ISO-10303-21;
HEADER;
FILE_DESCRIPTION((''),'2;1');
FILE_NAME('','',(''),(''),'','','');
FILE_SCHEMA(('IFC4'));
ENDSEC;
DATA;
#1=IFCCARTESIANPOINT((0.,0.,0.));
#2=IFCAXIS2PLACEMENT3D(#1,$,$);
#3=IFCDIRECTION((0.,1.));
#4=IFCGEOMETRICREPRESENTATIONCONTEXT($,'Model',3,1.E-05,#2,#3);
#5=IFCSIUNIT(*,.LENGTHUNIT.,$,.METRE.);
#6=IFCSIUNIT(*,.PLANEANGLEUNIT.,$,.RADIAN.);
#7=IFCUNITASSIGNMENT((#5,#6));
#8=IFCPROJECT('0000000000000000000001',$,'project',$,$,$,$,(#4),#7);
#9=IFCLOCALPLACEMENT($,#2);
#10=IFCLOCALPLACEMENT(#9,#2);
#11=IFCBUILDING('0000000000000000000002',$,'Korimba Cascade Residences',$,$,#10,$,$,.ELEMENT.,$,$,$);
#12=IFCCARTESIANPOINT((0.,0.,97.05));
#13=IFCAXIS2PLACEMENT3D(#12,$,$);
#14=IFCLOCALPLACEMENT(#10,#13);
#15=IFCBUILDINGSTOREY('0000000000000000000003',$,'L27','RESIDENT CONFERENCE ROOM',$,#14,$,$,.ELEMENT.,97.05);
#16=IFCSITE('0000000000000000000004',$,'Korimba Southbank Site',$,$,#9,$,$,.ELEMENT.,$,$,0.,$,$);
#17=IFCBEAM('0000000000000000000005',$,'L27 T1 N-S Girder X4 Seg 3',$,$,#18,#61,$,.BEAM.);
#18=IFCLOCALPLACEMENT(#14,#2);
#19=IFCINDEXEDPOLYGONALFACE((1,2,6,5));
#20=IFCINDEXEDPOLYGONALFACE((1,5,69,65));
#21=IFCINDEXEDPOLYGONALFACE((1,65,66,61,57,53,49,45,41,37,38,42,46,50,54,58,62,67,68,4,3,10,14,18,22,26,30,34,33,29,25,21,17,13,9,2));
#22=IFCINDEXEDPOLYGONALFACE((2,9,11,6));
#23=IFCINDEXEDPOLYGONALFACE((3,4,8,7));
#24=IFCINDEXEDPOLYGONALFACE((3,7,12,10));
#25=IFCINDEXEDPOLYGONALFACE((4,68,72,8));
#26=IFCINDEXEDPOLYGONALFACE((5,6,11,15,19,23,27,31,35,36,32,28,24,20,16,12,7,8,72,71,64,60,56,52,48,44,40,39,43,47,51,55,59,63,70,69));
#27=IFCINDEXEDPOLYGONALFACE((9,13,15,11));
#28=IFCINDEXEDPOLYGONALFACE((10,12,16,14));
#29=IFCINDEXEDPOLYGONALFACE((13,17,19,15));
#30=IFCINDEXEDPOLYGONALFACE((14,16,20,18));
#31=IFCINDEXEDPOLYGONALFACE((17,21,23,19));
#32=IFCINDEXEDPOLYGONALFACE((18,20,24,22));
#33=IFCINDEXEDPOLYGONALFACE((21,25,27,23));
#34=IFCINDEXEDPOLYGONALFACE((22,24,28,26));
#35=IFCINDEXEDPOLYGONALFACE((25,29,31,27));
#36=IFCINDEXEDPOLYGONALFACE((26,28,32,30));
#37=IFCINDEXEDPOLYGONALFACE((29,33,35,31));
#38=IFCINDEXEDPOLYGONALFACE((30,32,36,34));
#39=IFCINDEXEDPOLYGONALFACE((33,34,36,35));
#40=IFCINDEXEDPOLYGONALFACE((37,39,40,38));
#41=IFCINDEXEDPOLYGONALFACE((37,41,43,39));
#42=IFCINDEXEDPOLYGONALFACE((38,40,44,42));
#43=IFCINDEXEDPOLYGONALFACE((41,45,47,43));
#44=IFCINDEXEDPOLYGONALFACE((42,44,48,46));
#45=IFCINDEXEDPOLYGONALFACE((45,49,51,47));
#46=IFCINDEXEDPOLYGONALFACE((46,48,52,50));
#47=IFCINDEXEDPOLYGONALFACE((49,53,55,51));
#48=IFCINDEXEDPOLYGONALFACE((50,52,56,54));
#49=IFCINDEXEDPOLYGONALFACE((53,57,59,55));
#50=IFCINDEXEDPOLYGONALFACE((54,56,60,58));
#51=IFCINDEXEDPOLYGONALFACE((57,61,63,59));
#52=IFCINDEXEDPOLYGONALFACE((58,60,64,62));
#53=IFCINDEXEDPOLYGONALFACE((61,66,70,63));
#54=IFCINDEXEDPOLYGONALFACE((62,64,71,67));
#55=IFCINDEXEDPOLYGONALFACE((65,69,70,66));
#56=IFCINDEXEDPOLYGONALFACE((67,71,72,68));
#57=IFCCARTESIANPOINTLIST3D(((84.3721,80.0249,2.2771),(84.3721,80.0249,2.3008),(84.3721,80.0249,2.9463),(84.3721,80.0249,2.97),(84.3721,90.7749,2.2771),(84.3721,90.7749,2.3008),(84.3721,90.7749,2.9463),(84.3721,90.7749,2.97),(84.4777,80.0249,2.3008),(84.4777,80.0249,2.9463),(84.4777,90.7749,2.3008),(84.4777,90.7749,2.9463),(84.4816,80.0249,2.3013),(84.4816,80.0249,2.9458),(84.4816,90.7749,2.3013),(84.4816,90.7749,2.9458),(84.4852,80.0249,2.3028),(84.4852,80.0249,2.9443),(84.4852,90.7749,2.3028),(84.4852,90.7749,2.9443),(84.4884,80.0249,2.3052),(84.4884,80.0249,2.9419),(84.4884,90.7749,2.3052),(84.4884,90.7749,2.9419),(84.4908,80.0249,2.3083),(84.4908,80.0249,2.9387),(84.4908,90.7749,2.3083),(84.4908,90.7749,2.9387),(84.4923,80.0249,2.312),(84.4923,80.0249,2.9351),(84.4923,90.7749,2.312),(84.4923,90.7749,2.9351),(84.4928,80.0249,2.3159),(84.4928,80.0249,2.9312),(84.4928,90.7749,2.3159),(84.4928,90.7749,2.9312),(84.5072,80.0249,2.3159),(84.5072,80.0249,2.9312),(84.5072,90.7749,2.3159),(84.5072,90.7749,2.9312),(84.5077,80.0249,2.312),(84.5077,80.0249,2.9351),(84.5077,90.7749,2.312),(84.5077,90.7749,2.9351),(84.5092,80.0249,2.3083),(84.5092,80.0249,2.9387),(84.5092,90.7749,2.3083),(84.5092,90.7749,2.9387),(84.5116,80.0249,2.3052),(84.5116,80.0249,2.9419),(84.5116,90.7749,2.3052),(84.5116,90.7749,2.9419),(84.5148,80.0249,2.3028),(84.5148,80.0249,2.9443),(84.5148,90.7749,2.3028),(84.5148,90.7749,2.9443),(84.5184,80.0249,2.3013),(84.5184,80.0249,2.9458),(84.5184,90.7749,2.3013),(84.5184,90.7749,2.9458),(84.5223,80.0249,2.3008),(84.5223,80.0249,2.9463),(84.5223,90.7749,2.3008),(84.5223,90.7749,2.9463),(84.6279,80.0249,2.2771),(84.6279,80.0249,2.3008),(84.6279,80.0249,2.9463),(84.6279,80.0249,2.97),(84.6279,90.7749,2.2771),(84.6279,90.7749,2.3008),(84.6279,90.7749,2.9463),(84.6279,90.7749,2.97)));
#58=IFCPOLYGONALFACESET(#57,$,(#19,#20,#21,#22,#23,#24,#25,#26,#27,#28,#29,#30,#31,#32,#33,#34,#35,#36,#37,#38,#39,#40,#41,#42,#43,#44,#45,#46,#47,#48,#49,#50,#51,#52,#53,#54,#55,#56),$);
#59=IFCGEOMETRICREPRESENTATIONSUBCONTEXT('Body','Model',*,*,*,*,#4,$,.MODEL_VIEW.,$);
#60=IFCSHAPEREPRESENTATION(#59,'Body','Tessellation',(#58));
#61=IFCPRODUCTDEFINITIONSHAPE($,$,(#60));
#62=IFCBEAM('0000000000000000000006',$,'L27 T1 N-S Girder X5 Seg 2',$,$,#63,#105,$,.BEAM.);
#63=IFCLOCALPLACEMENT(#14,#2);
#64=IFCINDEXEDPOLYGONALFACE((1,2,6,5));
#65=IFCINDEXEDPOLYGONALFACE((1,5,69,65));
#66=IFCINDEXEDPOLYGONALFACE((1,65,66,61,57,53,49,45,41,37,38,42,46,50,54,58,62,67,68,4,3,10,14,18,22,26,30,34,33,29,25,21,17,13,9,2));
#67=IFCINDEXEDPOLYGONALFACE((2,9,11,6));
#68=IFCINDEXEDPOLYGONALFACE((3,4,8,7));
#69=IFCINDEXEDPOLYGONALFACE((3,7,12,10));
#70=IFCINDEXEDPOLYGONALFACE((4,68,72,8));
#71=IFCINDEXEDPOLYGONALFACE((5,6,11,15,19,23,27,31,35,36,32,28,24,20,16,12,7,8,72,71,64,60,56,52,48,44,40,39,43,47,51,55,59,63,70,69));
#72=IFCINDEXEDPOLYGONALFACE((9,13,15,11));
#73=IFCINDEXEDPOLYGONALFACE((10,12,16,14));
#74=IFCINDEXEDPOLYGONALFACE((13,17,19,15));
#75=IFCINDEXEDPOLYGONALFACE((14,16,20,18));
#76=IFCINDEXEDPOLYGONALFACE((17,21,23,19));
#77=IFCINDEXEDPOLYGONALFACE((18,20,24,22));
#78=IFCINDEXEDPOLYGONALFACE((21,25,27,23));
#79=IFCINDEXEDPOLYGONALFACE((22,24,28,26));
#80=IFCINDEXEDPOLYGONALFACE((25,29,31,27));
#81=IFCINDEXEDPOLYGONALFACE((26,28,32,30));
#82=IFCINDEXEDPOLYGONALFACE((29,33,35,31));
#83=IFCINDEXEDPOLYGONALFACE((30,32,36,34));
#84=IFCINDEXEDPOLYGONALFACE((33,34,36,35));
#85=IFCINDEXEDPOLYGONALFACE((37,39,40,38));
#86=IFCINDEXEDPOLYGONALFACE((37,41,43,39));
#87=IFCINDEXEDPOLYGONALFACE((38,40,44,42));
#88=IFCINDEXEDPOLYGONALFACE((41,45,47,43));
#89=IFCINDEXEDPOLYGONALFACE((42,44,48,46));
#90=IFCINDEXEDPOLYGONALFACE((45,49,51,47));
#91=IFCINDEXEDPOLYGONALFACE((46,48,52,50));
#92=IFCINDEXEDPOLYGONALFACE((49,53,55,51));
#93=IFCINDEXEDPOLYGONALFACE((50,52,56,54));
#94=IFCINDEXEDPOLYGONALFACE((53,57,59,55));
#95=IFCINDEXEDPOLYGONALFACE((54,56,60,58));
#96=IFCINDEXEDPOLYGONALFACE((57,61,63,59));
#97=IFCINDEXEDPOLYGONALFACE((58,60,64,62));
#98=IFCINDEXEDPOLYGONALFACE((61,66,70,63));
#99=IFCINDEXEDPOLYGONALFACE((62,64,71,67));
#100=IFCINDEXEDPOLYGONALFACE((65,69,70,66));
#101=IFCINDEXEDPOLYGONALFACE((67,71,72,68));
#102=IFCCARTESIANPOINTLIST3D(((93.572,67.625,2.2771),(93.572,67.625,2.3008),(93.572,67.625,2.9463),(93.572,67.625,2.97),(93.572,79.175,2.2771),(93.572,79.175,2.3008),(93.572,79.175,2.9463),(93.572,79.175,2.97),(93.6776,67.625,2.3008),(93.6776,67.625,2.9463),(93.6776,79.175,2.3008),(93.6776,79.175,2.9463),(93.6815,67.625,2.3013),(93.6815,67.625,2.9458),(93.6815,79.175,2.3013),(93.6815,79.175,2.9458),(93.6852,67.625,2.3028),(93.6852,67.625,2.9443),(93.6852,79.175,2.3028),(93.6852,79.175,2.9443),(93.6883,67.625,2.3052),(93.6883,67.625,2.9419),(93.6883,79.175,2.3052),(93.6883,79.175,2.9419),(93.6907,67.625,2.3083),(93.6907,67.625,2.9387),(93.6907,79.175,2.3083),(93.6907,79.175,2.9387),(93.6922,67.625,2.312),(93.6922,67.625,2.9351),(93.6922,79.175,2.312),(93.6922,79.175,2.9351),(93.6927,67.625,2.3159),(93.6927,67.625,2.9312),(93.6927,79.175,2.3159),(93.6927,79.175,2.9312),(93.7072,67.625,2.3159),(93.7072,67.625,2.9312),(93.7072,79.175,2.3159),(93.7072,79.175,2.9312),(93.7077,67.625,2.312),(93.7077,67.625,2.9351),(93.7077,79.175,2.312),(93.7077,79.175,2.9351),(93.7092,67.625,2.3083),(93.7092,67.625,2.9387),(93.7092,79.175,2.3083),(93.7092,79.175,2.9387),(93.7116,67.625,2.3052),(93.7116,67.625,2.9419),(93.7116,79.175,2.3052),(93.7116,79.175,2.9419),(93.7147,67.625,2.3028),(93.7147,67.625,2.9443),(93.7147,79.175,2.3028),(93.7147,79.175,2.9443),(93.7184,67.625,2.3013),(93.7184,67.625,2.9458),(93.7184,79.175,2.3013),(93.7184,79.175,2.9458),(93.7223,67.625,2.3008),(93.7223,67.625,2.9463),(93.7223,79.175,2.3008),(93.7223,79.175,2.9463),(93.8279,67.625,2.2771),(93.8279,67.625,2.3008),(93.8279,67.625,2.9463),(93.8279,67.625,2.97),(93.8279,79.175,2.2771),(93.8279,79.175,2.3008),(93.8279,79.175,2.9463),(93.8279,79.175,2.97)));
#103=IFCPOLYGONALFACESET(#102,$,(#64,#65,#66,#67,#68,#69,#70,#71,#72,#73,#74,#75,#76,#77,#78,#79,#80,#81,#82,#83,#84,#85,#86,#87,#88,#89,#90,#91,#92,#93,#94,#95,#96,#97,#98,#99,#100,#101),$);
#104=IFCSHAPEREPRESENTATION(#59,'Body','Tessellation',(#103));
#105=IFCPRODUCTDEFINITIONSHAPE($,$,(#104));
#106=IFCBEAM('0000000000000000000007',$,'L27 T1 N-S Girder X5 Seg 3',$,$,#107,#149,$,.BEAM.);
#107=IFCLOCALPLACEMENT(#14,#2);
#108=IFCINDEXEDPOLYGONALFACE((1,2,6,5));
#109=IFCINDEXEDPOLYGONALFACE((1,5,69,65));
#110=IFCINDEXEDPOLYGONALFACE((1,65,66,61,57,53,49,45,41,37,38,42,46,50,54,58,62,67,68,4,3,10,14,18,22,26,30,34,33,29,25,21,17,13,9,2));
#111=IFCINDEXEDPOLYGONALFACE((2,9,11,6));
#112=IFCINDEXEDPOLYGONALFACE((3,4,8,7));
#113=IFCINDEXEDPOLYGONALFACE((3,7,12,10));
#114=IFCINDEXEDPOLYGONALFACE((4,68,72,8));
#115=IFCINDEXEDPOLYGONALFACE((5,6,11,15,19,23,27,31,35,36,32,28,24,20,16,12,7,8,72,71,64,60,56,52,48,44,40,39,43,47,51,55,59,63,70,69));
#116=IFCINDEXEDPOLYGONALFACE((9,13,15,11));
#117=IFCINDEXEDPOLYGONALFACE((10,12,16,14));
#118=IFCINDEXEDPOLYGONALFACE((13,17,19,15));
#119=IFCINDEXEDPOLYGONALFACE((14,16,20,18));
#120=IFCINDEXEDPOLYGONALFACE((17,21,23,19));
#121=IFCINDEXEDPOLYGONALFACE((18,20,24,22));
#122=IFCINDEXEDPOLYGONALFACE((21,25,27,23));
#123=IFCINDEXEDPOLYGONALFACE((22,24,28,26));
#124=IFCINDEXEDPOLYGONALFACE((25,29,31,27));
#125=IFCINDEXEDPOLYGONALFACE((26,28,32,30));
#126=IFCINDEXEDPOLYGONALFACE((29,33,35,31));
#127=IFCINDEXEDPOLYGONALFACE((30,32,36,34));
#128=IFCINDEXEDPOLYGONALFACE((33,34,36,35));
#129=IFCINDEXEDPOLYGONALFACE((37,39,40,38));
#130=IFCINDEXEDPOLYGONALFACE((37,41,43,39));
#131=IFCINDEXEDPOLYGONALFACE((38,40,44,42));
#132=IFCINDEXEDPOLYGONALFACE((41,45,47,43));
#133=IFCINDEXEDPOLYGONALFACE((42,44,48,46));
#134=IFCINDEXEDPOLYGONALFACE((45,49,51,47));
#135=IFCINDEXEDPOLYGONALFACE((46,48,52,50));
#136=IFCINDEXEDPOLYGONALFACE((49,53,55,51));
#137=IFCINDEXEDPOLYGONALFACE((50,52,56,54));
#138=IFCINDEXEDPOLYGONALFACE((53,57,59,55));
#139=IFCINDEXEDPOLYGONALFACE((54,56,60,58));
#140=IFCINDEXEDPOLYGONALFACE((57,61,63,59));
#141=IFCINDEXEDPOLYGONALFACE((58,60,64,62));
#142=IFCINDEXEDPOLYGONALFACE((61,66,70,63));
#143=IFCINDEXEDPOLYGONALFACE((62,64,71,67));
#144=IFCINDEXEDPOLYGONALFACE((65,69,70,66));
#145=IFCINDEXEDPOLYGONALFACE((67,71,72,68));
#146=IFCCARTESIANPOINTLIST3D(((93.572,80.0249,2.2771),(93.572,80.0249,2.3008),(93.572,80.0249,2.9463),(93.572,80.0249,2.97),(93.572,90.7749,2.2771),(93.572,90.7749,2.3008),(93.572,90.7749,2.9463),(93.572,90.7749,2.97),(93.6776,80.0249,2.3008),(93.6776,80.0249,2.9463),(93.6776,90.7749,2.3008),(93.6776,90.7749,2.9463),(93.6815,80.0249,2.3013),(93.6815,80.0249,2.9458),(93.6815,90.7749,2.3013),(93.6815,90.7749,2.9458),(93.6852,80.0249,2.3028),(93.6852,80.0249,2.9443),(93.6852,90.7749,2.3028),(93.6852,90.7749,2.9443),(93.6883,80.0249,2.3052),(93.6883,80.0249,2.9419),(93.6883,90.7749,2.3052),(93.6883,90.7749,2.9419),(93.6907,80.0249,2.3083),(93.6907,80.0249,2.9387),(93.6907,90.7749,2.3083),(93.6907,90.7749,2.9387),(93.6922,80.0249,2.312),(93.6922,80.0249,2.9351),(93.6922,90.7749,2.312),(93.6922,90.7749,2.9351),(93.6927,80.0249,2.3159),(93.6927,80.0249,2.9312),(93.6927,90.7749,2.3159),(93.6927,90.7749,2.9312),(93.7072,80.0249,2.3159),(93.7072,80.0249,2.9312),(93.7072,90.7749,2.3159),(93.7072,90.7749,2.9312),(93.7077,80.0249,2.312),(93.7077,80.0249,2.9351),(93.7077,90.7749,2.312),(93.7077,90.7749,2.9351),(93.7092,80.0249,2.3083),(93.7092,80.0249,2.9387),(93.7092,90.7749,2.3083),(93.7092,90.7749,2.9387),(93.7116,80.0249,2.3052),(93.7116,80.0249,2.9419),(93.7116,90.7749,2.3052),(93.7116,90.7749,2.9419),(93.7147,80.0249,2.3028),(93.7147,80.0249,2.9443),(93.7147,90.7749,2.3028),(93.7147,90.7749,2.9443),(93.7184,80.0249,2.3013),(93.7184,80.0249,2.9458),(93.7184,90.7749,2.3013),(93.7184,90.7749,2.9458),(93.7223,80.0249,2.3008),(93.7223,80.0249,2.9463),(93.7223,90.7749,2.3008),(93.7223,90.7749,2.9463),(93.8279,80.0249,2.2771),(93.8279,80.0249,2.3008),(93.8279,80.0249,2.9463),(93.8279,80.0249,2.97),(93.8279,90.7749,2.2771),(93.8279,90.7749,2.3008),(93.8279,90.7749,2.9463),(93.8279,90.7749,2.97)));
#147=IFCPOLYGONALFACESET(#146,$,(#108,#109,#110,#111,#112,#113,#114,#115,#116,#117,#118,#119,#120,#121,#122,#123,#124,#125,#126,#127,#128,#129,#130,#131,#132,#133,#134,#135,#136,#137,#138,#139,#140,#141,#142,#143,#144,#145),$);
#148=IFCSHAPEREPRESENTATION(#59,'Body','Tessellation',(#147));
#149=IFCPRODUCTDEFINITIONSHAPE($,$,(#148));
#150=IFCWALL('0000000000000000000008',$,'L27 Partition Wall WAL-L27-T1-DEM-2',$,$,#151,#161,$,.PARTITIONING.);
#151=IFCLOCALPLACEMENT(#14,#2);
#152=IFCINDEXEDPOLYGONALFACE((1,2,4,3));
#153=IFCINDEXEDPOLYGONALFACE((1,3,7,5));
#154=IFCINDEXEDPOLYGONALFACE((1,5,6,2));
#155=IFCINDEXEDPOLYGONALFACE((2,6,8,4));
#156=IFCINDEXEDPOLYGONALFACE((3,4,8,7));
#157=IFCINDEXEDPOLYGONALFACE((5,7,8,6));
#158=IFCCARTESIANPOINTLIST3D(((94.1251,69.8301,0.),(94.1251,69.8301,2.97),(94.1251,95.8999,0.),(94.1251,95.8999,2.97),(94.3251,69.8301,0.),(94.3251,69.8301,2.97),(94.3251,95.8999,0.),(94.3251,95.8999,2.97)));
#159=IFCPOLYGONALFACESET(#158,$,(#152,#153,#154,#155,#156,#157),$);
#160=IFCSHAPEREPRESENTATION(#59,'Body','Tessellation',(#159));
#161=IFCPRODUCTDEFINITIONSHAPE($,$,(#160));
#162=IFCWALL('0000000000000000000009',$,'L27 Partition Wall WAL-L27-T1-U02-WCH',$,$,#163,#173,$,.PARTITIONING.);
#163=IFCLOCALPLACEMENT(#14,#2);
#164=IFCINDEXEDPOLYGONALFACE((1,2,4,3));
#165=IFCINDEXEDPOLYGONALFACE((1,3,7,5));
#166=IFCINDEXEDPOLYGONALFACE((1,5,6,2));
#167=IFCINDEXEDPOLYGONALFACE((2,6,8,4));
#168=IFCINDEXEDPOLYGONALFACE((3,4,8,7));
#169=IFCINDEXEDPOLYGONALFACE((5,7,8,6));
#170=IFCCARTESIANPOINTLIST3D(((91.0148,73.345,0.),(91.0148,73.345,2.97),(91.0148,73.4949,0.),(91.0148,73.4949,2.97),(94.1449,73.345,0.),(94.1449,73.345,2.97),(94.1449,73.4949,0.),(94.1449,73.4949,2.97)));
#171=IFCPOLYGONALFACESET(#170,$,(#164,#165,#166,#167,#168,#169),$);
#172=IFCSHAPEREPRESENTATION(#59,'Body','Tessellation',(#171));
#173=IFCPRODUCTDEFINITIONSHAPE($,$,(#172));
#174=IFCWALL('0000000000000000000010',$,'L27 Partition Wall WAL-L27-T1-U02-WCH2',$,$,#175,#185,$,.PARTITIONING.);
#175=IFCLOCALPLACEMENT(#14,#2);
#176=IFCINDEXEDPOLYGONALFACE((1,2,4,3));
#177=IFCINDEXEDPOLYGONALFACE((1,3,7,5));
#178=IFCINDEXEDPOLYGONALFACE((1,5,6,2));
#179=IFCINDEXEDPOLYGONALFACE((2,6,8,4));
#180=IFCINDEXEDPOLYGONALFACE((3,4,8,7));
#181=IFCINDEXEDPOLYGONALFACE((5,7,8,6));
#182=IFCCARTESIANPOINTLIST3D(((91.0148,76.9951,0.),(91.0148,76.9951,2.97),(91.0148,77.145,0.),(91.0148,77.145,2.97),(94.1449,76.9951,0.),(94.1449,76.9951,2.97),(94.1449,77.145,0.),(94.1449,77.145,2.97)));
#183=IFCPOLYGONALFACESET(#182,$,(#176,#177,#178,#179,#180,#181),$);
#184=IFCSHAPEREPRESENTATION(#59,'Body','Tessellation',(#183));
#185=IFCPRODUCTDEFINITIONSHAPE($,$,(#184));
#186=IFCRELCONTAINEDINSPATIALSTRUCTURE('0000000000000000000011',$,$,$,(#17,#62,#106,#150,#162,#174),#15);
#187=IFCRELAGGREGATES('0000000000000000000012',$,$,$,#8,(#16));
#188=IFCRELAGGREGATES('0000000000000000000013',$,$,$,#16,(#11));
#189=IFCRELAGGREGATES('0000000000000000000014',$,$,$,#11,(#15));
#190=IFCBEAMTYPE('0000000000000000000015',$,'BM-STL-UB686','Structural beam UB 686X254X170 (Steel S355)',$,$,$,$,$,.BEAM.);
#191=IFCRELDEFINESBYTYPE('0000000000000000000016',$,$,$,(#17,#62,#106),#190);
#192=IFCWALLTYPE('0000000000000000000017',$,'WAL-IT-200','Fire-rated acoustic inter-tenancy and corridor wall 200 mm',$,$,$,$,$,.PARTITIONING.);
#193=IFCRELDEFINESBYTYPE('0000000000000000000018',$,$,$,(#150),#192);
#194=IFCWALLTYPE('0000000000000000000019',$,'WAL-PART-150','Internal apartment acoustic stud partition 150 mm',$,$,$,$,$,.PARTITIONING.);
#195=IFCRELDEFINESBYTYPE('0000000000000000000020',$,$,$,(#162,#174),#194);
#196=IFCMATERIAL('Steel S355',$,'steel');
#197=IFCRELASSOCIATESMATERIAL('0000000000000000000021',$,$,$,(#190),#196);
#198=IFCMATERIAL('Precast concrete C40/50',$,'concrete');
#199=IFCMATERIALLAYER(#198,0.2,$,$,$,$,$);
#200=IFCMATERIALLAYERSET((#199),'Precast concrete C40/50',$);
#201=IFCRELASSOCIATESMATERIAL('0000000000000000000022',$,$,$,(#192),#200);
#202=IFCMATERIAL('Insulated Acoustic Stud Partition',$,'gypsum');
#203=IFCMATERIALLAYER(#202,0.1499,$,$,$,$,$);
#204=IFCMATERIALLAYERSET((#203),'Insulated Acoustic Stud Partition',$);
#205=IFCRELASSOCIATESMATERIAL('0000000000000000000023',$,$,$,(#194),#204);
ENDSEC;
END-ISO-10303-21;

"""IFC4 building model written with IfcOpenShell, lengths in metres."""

from ifc_helpers import new_model, si_unit, direction, frame, frame_2d, origin, origin_2d, place, context, subcontext, project, spatial, rectangle, i_section, extrude, material, layer, layer_set, material_profile, profile_set, type_object, element, save


model = new_model("IFC4")

# Units and contexts
model_context = context("Model", 3, precision=1e-05, world=origin(), true_north=direction((0.0, 1.0)))
body_context = subcontext(model_context, "Body", "Model", "MODEL_VIEW")
ifc_project = project(units=[si_unit("LENGTHUNIT", "METRE"), si_unit("PLANEANGLEUNIT", "RADIAN")], contexts=[model_context])

# Site, building, storey
site_placement = place(None, origin())
site = spatial("IfcSite", under=ifc_project, at=site_placement, Name="Korimba Southbank Site", CompositionType="ELEMENT", RefElevation=0.0)
building_placement = place(site_placement, origin())
building = spatial("IfcBuilding", under=site, at=building_placement, Name="Korimba Cascade Residences", CompositionType="ELEMENT")
storey_placement = place(building_placement, frame((0.0, 0.0, 97.05)))
storey = spatial("IfcBuildingStorey", under=building, at=storey_placement, Name="L27", Description="RESIDENT CONFERENCE ROOM", CompositionType="ELEMENT", Elevation=97.05)

# Beams
ifc_material_1 = material(Name="Steel S355", Category="steel")
ifc_material_profile_1 = material_profile(ifc_material_1, i_section(OverallWidth=0.2559, OverallDepth=0.6929, WebThickness=0.0144, FlangeThickness=0.0237, FilletRadius=0.0151, at=origin_2d()), Name="Steel S355")
ifc_profile_set_1 = profile_set([ifc_material_profile_1], Name="Steel S355")
beam_type_1 = type_object("IfcBeamType", Name="BM-STL-UB686", Description="Structural beam UB 686X254X170 (Steel S355)", PredefinedType="BEAM", material=ifc_profile_set_1)
beam_1_placement = place(storey_placement, frame((84.5, 80.0249, 2.6235), z_axis=(0.0, 1.0, 0.0), x_axis=(-1.0, 0.0, 0.0)))
element("IfcBeam", 1, at=beam_1_placement, inside=storey, type_object=beam_type_1, Name="L27 T1 N-S Girder X4 Seg 3", PredefinedType="BEAM", context=body_context, shape_type="SweptSolid", body=[
    extrude(i_section(OverallWidth=0.2559, OverallDepth=0.6929, WebThickness=0.0144, FlangeThickness=0.0237, FilletRadius=0.0151, at=origin_2d()), origin(), (0.0, 0.0, 1.0), 10.75),
])
beam_2_placement = place(storey_placement, frame((93.7, 67.625, 2.6235), z_axis=(0.0, 1.0, 0.0), x_axis=(-1.0, 0.0, 0.0)))
element("IfcBeam", 2, at=beam_2_placement, inside=storey, type_object=beam_type_1, Name="L27 T1 N-S Girder X5 Seg 2", PredefinedType="BEAM", context=body_context, shape_type="SweptSolid", body=[
    extrude(i_section(OverallWidth=0.2559, OverallDepth=0.6929, WebThickness=0.0144, FlangeThickness=0.0237, FilletRadius=0.0151, at=origin_2d()), origin(), (0.0, 0.0, 1.0), 11.55),
])
beam_3_placement = place(storey_placement, frame((93.7, 80.0249, 2.6235), z_axis=(0.0, 1.0, 0.0), x_axis=(-1.0, 0.0, 0.0)))
element("IfcBeam", 3, at=beam_3_placement, inside=storey, type_object=beam_type_1, Name="L27 T1 N-S Girder X5 Seg 3", PredefinedType="BEAM", context=body_context, shape_type="SweptSolid", body=[
    extrude(i_section(OverallWidth=0.2559, OverallDepth=0.6929, WebThickness=0.0144, FlangeThickness=0.0237, FilletRadius=0.0151, at=origin_2d()), origin(), (0.0, 0.0, 1.0), 10.75),
])

# Walls
ifc_material_2 = material(Name="Precast concrete C40/50", Category="concrete")
ifc_layer_1 = layer(ifc_material_2, 0.2)
ifc_layer_set_1 = layer_set([ifc_layer_1], Name="Precast concrete C40/50")
wall_type_1 = type_object("IfcWallType", Name="WAL-IT-200", Description="Fire-rated acoustic inter-tenancy and corridor wall 200 mm", PredefinedType="PARTITIONING", material=ifc_layer_set_1)
wall_1_placement = place(storey_placement, frame((94.2251, 69.8301, 0.0), z_axis=(0.0, 0.0, 1.0), x_axis=(0.0, 1.0, 0.0)))
element("IfcWall", 4, at=wall_1_placement, inside=storey, type_object=wall_type_1, Name="L27 Partition Wall WAL-L27-T1-DEM-2", PredefinedType="PARTITIONING", context=body_context, shape_type="SweptSolid", body=[
    extrude(rectangle(XDim=26.0698, YDim=0.2, at=frame_2d((13.0349, 0.0))), origin(), (0.0, 0.0, 1.0), 2.97),
])
ifc_material_3 = material(Name="Insulated Acoustic Stud Partition", Category="gypsum")
ifc_layer_2 = layer(ifc_material_3, 0.1499)
ifc_layer_set_2 = layer_set([ifc_layer_2], Name="Insulated Acoustic Stud Partition")
wall_type_2 = type_object("IfcWallType", Name="WAL-PART-150", Description="Internal apartment acoustic stud partition 150 mm", PredefinedType="PARTITIONING", material=ifc_layer_set_2)
for number, where, z_axis, x_axis, name in (
    (5, (91.0149, 73.4199, 0.0), (0.0, 0.0, 1.0), (1.0, 0.0, 0.0), "L27 Partition Wall WAL-L27-T1-U02-WCH"),
    (6, (91.0149, 77.0701, 0.0), (0.0, 0.0, 1.0), (1.0, 0.0, 0.0), "L27 Partition Wall WAL-L27-T1-U02-WCH2"),
):
    element("IfcWall", number, at=place(storey_placement, frame(where, z_axis=z_axis, x_axis=x_axis)), inside=storey, type_object=wall_type_2, Name=name, PredefinedType="PARTITIONING", context=body_context, shape_type="SweptSolid", body=[
        extrude(rectangle(XDim=3.1301, YDim=0.1499, at=frame_2d((1.5649, 0.0))), origin(), (0.0, 0.0, 1.0), 2.97),
    ])

save(model, "model.ifc")
